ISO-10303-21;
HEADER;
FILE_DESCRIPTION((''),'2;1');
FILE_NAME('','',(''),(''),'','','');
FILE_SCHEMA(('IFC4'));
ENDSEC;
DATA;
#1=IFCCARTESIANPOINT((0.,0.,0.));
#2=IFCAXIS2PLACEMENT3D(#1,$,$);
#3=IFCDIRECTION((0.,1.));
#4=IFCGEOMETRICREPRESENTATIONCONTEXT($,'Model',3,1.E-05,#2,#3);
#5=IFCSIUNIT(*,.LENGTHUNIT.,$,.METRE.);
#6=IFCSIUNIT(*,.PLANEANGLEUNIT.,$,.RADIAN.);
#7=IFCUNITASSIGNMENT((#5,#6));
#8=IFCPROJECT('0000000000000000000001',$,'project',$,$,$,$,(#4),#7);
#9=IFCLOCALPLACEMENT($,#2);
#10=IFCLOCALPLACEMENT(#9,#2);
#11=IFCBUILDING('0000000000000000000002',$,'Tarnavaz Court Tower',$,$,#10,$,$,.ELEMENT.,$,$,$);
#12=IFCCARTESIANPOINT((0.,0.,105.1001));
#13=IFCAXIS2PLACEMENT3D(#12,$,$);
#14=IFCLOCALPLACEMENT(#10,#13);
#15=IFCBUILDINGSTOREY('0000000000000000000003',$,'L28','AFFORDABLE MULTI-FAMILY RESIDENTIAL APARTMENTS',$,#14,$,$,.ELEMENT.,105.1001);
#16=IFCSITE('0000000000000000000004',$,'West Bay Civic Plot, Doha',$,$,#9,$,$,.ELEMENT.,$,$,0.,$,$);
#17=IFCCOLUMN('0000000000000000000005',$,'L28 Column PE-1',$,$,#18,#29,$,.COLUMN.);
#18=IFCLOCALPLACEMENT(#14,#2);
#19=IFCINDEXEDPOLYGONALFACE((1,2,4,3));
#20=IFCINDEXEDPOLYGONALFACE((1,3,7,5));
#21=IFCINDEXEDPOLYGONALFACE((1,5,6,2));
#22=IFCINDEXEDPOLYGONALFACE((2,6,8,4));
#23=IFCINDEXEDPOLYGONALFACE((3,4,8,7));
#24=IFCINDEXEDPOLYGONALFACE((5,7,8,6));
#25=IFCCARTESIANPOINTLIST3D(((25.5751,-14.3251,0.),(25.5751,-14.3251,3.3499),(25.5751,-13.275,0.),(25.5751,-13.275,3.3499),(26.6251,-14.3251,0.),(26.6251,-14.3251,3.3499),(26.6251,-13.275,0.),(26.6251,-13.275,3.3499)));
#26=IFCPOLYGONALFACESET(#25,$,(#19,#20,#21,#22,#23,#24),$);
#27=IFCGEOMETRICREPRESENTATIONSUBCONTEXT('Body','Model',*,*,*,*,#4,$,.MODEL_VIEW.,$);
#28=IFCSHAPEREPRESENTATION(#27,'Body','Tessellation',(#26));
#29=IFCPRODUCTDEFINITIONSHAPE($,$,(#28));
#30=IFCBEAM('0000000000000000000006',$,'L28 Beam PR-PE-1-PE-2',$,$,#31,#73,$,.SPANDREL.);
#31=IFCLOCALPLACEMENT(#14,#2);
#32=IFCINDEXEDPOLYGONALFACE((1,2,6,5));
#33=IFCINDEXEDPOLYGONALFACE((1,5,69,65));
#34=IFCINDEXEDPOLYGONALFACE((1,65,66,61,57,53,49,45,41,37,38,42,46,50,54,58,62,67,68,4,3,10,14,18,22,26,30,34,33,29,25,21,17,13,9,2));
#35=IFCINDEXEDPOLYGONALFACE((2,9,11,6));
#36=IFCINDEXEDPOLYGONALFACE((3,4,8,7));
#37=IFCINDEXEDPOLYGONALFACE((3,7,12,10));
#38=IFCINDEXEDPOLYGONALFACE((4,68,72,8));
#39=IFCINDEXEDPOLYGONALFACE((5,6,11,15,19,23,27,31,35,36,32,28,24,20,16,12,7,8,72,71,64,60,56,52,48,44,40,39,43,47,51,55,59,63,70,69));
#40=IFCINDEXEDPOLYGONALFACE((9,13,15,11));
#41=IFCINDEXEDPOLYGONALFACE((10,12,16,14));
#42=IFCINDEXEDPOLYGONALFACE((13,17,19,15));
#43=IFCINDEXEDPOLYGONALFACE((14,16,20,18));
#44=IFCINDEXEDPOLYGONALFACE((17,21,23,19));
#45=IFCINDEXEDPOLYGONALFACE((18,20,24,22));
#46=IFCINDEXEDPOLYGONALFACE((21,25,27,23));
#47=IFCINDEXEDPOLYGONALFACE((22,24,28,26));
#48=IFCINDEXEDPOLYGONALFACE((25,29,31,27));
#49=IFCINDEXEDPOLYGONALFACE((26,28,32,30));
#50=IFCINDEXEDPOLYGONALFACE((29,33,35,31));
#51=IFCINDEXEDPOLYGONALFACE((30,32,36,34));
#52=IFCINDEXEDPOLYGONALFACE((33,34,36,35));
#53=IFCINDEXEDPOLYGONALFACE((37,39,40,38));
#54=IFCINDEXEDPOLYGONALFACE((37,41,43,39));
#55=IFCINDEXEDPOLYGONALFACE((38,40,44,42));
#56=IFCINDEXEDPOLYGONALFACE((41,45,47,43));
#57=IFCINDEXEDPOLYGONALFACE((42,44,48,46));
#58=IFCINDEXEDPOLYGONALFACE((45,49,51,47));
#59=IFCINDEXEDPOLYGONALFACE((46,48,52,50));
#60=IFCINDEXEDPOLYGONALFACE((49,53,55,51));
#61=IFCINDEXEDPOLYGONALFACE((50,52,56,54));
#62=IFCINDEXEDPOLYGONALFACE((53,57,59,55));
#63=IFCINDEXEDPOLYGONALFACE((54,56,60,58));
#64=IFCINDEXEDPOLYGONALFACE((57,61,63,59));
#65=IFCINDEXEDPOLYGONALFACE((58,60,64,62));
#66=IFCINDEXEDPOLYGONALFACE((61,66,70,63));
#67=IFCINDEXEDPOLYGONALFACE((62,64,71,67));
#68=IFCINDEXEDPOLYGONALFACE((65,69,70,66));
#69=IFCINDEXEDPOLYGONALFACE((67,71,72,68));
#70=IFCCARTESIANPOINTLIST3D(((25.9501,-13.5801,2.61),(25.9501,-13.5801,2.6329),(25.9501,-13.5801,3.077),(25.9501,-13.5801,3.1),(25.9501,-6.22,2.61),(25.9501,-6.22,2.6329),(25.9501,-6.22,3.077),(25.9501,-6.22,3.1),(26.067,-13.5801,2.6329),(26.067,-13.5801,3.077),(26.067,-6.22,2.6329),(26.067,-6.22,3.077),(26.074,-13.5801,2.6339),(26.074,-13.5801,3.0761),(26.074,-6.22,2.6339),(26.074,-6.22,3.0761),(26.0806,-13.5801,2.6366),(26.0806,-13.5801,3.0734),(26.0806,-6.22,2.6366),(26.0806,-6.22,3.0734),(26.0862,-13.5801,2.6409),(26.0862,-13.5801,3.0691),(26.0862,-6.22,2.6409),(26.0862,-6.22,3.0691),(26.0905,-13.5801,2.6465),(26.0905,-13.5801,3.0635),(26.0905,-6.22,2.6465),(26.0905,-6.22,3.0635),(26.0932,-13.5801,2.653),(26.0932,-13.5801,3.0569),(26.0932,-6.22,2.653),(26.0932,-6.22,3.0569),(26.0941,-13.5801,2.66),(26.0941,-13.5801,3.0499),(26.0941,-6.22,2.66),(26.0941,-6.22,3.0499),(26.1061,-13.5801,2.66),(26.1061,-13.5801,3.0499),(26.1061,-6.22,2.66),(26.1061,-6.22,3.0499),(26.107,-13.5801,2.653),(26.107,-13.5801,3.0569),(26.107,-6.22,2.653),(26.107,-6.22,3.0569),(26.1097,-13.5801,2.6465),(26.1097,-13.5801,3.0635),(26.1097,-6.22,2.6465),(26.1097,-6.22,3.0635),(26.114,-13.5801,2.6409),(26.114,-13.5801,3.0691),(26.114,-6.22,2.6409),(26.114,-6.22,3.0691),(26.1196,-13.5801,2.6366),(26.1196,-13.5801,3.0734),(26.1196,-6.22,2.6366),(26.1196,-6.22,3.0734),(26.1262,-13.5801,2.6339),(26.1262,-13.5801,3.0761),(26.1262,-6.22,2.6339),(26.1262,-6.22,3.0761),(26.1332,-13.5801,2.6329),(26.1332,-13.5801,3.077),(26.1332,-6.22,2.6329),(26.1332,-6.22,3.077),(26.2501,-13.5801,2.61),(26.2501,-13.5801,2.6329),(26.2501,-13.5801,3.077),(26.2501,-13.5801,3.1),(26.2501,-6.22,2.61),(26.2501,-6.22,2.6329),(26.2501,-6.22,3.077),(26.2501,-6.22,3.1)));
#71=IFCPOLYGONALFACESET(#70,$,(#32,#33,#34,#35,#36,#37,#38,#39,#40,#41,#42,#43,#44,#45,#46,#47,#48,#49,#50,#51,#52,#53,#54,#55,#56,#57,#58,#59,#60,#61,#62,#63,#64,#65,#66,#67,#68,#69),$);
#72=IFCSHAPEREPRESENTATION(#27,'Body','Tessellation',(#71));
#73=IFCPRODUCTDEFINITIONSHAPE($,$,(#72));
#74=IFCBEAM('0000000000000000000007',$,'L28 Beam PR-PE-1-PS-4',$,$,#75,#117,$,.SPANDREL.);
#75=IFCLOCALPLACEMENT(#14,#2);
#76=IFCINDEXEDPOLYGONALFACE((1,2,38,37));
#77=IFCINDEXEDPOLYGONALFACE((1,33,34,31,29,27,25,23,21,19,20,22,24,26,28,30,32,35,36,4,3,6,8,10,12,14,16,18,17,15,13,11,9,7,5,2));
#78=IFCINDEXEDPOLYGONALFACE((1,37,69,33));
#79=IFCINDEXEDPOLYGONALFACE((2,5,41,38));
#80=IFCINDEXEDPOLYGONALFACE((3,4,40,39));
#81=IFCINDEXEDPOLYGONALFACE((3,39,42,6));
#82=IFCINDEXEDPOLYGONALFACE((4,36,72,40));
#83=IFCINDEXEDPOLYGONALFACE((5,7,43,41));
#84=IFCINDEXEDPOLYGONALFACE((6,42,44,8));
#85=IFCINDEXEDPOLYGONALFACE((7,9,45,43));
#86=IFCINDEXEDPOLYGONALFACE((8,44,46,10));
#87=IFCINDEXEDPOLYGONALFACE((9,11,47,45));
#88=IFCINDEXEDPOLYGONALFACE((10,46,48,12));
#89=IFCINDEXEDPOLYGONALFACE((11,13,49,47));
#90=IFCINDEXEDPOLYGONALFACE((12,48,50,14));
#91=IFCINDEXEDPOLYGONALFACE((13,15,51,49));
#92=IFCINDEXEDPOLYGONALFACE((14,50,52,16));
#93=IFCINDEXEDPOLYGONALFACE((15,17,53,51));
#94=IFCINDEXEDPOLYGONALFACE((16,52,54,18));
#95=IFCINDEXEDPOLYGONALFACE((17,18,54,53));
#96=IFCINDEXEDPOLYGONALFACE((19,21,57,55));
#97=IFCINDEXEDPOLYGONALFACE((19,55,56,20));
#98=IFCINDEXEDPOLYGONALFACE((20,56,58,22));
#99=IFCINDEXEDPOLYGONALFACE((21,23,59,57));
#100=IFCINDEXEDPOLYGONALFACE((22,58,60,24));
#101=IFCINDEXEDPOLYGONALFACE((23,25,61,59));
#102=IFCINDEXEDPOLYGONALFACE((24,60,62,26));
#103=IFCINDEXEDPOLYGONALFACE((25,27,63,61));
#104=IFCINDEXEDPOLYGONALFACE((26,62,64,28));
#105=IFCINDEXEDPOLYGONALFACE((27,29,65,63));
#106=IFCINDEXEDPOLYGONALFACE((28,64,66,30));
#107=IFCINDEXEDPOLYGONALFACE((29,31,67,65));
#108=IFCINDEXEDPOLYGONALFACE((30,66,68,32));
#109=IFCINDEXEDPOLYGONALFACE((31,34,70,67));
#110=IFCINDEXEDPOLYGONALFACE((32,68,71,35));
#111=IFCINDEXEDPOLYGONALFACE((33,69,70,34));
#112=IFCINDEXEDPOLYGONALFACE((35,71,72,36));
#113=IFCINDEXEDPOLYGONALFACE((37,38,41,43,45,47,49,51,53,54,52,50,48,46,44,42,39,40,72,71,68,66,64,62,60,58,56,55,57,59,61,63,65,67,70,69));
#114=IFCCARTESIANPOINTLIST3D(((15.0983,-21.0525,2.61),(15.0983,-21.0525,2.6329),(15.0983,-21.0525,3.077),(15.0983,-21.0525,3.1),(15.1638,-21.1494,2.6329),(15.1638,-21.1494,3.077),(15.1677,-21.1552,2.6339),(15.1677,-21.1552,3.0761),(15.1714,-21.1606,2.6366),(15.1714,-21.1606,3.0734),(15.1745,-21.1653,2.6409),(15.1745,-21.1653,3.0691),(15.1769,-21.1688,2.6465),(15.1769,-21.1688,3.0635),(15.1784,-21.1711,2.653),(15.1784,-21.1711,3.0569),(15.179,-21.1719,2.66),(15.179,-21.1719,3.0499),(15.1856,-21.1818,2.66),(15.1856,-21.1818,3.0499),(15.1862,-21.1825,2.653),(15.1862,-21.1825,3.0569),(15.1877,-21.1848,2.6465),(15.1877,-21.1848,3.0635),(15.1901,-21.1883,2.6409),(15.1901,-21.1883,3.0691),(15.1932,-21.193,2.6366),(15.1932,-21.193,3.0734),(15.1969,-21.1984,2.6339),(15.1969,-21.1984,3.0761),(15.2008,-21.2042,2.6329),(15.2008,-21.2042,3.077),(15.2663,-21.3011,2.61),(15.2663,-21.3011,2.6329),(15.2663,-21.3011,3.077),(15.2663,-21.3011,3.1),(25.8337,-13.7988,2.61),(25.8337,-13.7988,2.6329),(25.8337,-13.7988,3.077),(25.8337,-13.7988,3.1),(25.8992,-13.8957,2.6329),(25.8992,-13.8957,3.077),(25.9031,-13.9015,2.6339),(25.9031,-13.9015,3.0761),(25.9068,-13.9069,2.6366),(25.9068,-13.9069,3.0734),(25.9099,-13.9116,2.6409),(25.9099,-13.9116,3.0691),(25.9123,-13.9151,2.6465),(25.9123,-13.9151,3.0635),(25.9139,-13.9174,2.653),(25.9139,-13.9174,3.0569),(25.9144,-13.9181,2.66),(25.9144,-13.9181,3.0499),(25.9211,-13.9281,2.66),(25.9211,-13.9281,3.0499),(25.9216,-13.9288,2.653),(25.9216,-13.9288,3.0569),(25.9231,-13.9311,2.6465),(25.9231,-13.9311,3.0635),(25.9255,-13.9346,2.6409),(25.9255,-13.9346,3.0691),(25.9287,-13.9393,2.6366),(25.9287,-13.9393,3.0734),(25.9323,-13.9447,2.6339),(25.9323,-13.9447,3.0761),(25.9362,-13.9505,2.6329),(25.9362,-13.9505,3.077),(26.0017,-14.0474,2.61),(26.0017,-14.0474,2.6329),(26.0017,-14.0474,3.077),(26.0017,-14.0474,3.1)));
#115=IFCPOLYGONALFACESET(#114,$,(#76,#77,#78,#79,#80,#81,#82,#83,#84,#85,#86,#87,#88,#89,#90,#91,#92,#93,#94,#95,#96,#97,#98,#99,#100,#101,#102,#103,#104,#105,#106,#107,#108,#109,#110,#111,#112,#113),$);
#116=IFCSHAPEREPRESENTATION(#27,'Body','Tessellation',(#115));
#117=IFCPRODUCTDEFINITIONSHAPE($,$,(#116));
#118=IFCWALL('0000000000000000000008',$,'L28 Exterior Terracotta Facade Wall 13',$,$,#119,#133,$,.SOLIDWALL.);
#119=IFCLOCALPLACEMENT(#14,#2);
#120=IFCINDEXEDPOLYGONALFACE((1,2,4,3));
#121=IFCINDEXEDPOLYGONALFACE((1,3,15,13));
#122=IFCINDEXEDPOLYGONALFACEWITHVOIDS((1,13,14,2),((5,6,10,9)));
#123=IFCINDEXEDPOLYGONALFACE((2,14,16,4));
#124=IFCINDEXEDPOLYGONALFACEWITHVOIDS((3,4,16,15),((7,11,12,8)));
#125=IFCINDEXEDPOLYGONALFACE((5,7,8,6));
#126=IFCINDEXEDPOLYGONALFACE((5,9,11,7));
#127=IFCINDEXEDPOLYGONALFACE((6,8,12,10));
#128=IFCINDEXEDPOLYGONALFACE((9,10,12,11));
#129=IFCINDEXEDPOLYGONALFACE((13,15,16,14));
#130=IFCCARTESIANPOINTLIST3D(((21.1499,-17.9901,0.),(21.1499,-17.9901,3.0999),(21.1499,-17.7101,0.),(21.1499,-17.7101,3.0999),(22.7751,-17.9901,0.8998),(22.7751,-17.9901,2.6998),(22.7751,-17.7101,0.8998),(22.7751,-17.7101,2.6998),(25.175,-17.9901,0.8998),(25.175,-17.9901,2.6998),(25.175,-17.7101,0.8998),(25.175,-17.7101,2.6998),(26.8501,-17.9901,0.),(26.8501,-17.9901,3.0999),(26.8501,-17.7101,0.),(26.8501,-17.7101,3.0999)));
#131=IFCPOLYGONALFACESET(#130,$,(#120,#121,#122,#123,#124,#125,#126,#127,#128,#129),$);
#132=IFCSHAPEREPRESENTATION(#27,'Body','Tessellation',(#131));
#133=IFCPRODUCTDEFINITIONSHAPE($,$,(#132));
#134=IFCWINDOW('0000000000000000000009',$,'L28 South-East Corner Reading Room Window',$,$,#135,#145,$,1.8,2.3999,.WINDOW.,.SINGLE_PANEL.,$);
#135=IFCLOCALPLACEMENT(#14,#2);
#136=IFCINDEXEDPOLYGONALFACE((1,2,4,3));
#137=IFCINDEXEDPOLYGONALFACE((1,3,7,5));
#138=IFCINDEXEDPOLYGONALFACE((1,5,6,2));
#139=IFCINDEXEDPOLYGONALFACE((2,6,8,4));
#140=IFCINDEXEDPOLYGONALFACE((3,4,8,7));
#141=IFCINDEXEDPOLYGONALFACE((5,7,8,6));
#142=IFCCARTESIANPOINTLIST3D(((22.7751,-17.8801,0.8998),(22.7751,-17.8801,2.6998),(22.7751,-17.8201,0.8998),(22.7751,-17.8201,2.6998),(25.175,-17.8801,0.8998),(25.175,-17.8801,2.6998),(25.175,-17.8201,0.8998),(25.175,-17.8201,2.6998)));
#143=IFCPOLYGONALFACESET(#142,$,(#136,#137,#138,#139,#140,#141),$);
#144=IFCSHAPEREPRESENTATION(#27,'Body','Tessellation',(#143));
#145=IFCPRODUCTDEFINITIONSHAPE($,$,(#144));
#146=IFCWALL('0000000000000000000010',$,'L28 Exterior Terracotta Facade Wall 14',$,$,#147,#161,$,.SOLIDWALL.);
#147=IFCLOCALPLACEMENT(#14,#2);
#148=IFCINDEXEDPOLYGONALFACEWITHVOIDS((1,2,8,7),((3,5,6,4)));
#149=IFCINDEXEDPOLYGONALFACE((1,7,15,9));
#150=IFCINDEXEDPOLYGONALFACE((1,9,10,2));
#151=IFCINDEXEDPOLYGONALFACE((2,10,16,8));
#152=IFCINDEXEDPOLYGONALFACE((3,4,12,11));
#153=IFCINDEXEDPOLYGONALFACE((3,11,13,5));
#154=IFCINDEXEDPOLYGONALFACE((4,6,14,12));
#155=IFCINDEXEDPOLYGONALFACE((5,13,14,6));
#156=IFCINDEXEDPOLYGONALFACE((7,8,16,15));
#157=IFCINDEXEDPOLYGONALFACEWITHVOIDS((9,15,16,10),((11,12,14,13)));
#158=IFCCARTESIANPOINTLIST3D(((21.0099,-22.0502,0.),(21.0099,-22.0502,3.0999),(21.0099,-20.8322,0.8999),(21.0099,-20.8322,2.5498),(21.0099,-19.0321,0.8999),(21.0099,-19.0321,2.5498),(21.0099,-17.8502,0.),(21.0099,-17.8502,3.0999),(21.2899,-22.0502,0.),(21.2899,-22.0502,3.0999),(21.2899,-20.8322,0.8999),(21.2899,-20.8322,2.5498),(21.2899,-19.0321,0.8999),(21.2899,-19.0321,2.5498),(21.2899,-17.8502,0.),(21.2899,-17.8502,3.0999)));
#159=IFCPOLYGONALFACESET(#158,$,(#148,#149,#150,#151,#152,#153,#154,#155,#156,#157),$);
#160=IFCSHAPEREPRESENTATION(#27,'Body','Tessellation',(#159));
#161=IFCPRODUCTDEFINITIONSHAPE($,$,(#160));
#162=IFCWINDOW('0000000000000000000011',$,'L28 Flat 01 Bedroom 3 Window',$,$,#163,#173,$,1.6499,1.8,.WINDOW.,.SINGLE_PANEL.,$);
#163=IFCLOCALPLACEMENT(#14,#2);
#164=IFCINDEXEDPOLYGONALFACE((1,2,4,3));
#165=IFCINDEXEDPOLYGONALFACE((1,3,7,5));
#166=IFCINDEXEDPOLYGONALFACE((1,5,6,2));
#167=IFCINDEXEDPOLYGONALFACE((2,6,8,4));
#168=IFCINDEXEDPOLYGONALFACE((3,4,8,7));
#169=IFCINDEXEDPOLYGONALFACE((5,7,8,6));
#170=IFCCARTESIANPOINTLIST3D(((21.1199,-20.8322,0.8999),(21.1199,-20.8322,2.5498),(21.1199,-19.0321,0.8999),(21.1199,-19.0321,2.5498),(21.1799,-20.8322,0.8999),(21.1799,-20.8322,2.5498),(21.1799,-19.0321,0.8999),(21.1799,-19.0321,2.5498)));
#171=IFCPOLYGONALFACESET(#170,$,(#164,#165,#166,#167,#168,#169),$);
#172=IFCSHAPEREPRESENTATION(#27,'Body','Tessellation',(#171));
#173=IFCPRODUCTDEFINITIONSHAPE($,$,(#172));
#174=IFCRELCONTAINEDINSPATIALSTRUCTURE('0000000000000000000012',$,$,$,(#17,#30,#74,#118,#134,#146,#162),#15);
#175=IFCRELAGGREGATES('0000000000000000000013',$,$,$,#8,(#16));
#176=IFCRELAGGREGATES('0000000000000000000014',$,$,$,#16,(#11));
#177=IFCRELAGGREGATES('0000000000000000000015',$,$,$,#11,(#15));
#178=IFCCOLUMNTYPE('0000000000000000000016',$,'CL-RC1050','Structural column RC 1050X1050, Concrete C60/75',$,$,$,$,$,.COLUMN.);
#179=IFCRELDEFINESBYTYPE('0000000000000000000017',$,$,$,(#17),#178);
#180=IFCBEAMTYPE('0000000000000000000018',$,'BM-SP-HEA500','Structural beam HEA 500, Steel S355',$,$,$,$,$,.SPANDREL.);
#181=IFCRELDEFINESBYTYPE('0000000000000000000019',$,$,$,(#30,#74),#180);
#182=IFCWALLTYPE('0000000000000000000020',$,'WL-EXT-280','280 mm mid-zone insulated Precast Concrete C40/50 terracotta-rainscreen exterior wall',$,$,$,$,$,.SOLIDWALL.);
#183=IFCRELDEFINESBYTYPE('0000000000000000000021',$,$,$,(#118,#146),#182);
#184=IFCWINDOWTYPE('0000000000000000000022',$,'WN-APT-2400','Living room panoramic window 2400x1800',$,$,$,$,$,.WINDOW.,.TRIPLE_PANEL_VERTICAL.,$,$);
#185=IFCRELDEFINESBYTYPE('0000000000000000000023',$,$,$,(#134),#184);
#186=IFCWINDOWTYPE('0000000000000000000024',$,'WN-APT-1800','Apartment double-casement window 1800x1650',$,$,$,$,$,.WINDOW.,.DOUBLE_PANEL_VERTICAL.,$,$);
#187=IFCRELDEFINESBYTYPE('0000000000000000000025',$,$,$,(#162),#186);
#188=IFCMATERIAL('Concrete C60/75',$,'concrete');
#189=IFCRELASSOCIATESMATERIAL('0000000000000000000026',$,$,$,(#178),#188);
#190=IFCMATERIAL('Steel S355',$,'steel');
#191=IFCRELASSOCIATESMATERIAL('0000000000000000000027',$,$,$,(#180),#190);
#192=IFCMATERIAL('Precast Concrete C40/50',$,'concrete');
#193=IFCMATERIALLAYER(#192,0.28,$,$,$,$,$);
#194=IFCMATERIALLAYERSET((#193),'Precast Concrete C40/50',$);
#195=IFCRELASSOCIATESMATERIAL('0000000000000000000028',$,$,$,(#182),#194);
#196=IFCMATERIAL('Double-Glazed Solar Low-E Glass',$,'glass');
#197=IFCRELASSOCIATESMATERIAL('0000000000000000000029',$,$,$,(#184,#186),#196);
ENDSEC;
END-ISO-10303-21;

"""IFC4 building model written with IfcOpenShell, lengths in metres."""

from ifc_helpers import new_model, si_unit, direction, frame, frame_2d, origin, origin_2d, place, context, subcontext, project, spatial, rectangle, i_section, extrude, material, layer, layer_set, material_profile, profile_set, type_object, element, fill, save


model = new_model("IFC4")

# Units and contexts
model_context = context("Model", 3, precision=1e-05, world=origin(), true_north=direction((0.0, 1.0)))
body_context = subcontext(model_context, "Body", "Model", "MODEL_VIEW")
ifc_project = project(units=[si_unit("LENGTHUNIT", "METRE"), si_unit("PLANEANGLEUNIT", "RADIAN")], contexts=[model_context])

# Site, building, storey
site_placement = place(None, origin())
site = spatial("IfcSite", under=ifc_project, at=site_placement, Name="West Bay Civic Plot, Doha", CompositionType="ELEMENT", RefElevation=0.0)
building_placement = place(site_placement, origin())
building = spatial("IfcBuilding", under=site, at=building_placement, Name="Tarnavaz Court Tower", CompositionType="ELEMENT")
storey_placement = place(building_placement, frame((0.0, 0.0, 105.1001)))
storey = spatial("IfcBuildingStorey", under=building, at=storey_placement, Name="L28", Description="AFFORDABLE MULTI-FAMILY RESIDENTIAL APARTMENTS", CompositionType="ELEMENT", Elevation=105.1001)

# Column
ifc_material_1 = material(Name="Concrete C60/75", Category="concrete")
ifc_material_profile_1 = material_profile(ifc_material_1, rectangle(XDim=1.05, YDim=1.05, at=origin_2d()), Name="RC 1050X1050")
ifc_profile_set_1 = profile_set([ifc_material_profile_1], Name="Concrete C60/75")
column_type = type_object("IfcColumnType", Name="CL-RC1050", Description="Structural column RC 1050X1050, Concrete C60/75", PredefinedType="COLUMN", material=ifc_profile_set_1)
column_placement = place(storey_placement, frame((26.1001, -13.8, 0.0), z_axis=(0.0, 0.0, 1.0), x_axis=(1.0, 0.0, 0.0)))
element("IfcColumn", 1, at=column_placement, inside=storey, type_object=column_type, Name="L28 Column PE-1", PredefinedType="COLUMN", context=body_context, shape_type="SweptSolid", body=[
    extrude(rectangle(XDim=1.05, YDim=1.05, at=origin_2d()), origin(), (0.0, 0.0, 1.0), 3.3499),
])

# Beams
ifc_material_2 = material(Name="Steel S355", Category="steel")
ifc_material_profile_2 = material_profile(ifc_material_2, i_section(OverallWidth=0.3, OverallDepth=0.49, WebThickness=0.012, FlangeThickness=0.0229, FilletRadius=0.0271, at=origin_2d()), Name="HEA 500")
ifc_profile_set_2 = profile_set([ifc_material_profile_2], Name="Steel S355")
beam_type = type_object("IfcBeamType", Name="BM-SP-HEA500", Description="Structural beam HEA 500, Steel S355", PredefinedType="SPANDREL", material=ifc_profile_set_2)
beam_1_placement = place(storey_placement, frame((26.1001, -13.5801, 2.855), z_axis=(0.0, 1.0, 0.0), x_axis=(-1.0, 0.0, 0.0)))
element("IfcBeam", 2, at=beam_1_placement, inside=storey, type_object=beam_type, Name="L28 Beam PR-PE-1-PE-2", PredefinedType="SPANDREL", context=body_context, shape_type="SweptSolid", body=[
    extrude(i_section(OverallWidth=0.3, OverallDepth=0.49, WebThickness=0.012, FlangeThickness=0.0229, FilletRadius=0.0271, at=origin_2d()), origin(), (0.0, 0.0, 1.0), 7.3601),
])
beam_2_placement = place(storey_placement, frame((25.9177, -13.9231, 2.855), z_axis=(-0.828587, -0.55986, 0.0), x_axis=(0.55986, -0.828587, 0.0)))
element("IfcBeam", 3, at=beam_2_placement, inside=storey, type_object=beam_type, Name="L28 Beam PR-PE-1-PS-4", PredefinedType="SPANDREL", context=body_context, shape_type="SweptSolid", body=[
    extrude(i_section(OverallWidth=0.3, OverallDepth=0.49, WebThickness=0.012, FlangeThickness=0.0229, FilletRadius=0.0271, at=origin_2d()), origin(), (0.0, 0.0, 1.0), 12.9563),
])

# Walls, openings, windows
ifc_material_3 = material(Name="Precast Concrete C40/50", Category="concrete")
ifc_layer_1 = layer(ifc_material_3, 0.28)
ifc_layer_set_1 = layer_set([ifc_layer_1], Name="Precast Concrete C40/50")
wall_type_1 = type_object("IfcWallType", Name="WL-EXT-280", Description="280 mm mid-zone insulated Precast Concrete C40/50 terracotta-rainscreen exterior wall", PredefinedType="SOLIDWALL", material=ifc_layer_set_1)
wall_1_placement = place(storey_placement, frame((26.8501, -17.8501, 0.0), z_axis=(0.0, 0.0, 1.0), x_axis=(-1.0, 0.0, 0.0)))
wall_1 = element("IfcWall", 4, at=wall_1_placement, inside=storey, type_object=wall_type_1, Name="L28 Exterior Terracotta Facade Wall 13", PredefinedType="SOLIDWALL", context=body_context, shape_type="SweptSolid", body=[
    extrude(rectangle(XDim=5.7002, YDim=0.28, at=frame_2d((2.8501, 0.0))), origin(), (0.0, 0.0, 1.0), 3.0999),
])
opening_1_placement = place(wall_1_placement, frame((1.675, 0.0, 0.8999)))
opening_1 = element("IfcOpeningElement", 5, at=opening_1_placement, cuts=wall_1, PredefinedType="OPENING", context=body_context, shape_type="SweptSolid", body=[
    extrude(rectangle(XDim=2.3999, YDim=1.8, at=frame_2d((1.2, 0.8999))), frame((0.0, 0.1499, 0.0), z_axis=(0.0, -1.0, 0.0), x_axis=(1.0, 0.0, 0.0)), (0.0, 0.0, 1.0), 0.3),
])
ifc_material_4 = material(Name="Double-Glazed Solar Low-E Glass", Category="glass")
window_type_1 = type_object("IfcWindowType", Name="WN-APT-2400", Description="Living room panoramic window 2400x1800", PartitioningType="TRIPLE_PANEL_VERTICAL", PredefinedType="WINDOW", material=ifc_material_4)
window_1_placement = place(opening_1_placement, origin())
window_1 = element("IfcWindow", 6, at=window_1_placement, inside=storey, type_object=window_type_1, Name="L28 South-East Corner Reading Room Window", OverallHeight=1.8, OverallWidth=2.3999, PartitioningType="SINGLE_PANEL", PredefinedType="WINDOW", context=body_context, shape_type="SweptSolid", body=[
    extrude(rectangle(XDim=2.3999, YDim=1.8, at=frame_2d((1.2, 0.8999))), frame((0.0, 0.03, 0.0), z_axis=(0.0, -1.0, 0.0), x_axis=(1.0, 0.0, 0.0)), (0.0, 0.0, 1.0), 0.0601),
])
fill(opening_1, window_1)
wall_2_placement = place(storey_placement, frame((21.1499, -17.8501, 0.0), z_axis=(0.0, 0.0, 1.0), x_axis=(0.0, -1.0, 0.0)))
wall_2 = element("IfcWall", 7, at=wall_2_placement, inside=storey, type_object=wall_type_1, Name="L28 Exterior Terracotta Facade Wall 14", PredefinedType="SOLIDWALL", context=body_context, shape_type="SweptSolid", body=[
    extrude(rectangle(XDim=4.2, YDim=0.28, at=frame_2d((2.1001, 0.0))), origin(), (0.0, 0.0, 1.0), 3.0999),
])
opening_2_placement = place(wall_2_placement, frame((1.1821, 0.0, 0.8999)))
opening_2 = element("IfcOpeningElement", 8, at=opening_2_placement, cuts=wall_2, PredefinedType="OPENING", context=body_context, shape_type="SweptSolid", body=[
    extrude(rectangle(XDim=1.8, YDim=1.6499, at=frame_2d((0.8999, 0.825))), frame((0.0, 0.1499, 0.0), z_axis=(0.0, -1.0, 0.0), x_axis=(1.0, 0.0, 0.0)), (0.0, 0.0, 1.0), 0.3),
])
window_type_2 = type_object("IfcWindowType", Name="WN-APT-1800", Description="Apartment double-casement window 1800x1650", PartitioningType="DOUBLE_PANEL_VERTICAL", PredefinedType="WINDOW", material=ifc_material_4)
window_2_placement = place(opening_2_placement, origin())
window_2 = element("IfcWindow", 9, at=window_2_placement, inside=storey, type_object=window_type_2, Name="L28 Flat 01 Bedroom 3 Window", OverallHeight=1.6499, OverallWidth=1.8, PartitioningType="SINGLE_PANEL", PredefinedType="WINDOW", context=body_context, shape_type="SweptSolid", body=[
    extrude(rectangle(XDim=1.8, YDim=1.6499, at=frame_2d((0.8999, 0.825))), frame((0.0, 0.03, 0.0), z_axis=(0.0, -1.0, 0.0), x_axis=(1.0, 0.0, 0.0)), (0.0, 0.0, 1.0), 0.0601),
])
fill(opening_2, window_2)

save(model, "model.ifc")
